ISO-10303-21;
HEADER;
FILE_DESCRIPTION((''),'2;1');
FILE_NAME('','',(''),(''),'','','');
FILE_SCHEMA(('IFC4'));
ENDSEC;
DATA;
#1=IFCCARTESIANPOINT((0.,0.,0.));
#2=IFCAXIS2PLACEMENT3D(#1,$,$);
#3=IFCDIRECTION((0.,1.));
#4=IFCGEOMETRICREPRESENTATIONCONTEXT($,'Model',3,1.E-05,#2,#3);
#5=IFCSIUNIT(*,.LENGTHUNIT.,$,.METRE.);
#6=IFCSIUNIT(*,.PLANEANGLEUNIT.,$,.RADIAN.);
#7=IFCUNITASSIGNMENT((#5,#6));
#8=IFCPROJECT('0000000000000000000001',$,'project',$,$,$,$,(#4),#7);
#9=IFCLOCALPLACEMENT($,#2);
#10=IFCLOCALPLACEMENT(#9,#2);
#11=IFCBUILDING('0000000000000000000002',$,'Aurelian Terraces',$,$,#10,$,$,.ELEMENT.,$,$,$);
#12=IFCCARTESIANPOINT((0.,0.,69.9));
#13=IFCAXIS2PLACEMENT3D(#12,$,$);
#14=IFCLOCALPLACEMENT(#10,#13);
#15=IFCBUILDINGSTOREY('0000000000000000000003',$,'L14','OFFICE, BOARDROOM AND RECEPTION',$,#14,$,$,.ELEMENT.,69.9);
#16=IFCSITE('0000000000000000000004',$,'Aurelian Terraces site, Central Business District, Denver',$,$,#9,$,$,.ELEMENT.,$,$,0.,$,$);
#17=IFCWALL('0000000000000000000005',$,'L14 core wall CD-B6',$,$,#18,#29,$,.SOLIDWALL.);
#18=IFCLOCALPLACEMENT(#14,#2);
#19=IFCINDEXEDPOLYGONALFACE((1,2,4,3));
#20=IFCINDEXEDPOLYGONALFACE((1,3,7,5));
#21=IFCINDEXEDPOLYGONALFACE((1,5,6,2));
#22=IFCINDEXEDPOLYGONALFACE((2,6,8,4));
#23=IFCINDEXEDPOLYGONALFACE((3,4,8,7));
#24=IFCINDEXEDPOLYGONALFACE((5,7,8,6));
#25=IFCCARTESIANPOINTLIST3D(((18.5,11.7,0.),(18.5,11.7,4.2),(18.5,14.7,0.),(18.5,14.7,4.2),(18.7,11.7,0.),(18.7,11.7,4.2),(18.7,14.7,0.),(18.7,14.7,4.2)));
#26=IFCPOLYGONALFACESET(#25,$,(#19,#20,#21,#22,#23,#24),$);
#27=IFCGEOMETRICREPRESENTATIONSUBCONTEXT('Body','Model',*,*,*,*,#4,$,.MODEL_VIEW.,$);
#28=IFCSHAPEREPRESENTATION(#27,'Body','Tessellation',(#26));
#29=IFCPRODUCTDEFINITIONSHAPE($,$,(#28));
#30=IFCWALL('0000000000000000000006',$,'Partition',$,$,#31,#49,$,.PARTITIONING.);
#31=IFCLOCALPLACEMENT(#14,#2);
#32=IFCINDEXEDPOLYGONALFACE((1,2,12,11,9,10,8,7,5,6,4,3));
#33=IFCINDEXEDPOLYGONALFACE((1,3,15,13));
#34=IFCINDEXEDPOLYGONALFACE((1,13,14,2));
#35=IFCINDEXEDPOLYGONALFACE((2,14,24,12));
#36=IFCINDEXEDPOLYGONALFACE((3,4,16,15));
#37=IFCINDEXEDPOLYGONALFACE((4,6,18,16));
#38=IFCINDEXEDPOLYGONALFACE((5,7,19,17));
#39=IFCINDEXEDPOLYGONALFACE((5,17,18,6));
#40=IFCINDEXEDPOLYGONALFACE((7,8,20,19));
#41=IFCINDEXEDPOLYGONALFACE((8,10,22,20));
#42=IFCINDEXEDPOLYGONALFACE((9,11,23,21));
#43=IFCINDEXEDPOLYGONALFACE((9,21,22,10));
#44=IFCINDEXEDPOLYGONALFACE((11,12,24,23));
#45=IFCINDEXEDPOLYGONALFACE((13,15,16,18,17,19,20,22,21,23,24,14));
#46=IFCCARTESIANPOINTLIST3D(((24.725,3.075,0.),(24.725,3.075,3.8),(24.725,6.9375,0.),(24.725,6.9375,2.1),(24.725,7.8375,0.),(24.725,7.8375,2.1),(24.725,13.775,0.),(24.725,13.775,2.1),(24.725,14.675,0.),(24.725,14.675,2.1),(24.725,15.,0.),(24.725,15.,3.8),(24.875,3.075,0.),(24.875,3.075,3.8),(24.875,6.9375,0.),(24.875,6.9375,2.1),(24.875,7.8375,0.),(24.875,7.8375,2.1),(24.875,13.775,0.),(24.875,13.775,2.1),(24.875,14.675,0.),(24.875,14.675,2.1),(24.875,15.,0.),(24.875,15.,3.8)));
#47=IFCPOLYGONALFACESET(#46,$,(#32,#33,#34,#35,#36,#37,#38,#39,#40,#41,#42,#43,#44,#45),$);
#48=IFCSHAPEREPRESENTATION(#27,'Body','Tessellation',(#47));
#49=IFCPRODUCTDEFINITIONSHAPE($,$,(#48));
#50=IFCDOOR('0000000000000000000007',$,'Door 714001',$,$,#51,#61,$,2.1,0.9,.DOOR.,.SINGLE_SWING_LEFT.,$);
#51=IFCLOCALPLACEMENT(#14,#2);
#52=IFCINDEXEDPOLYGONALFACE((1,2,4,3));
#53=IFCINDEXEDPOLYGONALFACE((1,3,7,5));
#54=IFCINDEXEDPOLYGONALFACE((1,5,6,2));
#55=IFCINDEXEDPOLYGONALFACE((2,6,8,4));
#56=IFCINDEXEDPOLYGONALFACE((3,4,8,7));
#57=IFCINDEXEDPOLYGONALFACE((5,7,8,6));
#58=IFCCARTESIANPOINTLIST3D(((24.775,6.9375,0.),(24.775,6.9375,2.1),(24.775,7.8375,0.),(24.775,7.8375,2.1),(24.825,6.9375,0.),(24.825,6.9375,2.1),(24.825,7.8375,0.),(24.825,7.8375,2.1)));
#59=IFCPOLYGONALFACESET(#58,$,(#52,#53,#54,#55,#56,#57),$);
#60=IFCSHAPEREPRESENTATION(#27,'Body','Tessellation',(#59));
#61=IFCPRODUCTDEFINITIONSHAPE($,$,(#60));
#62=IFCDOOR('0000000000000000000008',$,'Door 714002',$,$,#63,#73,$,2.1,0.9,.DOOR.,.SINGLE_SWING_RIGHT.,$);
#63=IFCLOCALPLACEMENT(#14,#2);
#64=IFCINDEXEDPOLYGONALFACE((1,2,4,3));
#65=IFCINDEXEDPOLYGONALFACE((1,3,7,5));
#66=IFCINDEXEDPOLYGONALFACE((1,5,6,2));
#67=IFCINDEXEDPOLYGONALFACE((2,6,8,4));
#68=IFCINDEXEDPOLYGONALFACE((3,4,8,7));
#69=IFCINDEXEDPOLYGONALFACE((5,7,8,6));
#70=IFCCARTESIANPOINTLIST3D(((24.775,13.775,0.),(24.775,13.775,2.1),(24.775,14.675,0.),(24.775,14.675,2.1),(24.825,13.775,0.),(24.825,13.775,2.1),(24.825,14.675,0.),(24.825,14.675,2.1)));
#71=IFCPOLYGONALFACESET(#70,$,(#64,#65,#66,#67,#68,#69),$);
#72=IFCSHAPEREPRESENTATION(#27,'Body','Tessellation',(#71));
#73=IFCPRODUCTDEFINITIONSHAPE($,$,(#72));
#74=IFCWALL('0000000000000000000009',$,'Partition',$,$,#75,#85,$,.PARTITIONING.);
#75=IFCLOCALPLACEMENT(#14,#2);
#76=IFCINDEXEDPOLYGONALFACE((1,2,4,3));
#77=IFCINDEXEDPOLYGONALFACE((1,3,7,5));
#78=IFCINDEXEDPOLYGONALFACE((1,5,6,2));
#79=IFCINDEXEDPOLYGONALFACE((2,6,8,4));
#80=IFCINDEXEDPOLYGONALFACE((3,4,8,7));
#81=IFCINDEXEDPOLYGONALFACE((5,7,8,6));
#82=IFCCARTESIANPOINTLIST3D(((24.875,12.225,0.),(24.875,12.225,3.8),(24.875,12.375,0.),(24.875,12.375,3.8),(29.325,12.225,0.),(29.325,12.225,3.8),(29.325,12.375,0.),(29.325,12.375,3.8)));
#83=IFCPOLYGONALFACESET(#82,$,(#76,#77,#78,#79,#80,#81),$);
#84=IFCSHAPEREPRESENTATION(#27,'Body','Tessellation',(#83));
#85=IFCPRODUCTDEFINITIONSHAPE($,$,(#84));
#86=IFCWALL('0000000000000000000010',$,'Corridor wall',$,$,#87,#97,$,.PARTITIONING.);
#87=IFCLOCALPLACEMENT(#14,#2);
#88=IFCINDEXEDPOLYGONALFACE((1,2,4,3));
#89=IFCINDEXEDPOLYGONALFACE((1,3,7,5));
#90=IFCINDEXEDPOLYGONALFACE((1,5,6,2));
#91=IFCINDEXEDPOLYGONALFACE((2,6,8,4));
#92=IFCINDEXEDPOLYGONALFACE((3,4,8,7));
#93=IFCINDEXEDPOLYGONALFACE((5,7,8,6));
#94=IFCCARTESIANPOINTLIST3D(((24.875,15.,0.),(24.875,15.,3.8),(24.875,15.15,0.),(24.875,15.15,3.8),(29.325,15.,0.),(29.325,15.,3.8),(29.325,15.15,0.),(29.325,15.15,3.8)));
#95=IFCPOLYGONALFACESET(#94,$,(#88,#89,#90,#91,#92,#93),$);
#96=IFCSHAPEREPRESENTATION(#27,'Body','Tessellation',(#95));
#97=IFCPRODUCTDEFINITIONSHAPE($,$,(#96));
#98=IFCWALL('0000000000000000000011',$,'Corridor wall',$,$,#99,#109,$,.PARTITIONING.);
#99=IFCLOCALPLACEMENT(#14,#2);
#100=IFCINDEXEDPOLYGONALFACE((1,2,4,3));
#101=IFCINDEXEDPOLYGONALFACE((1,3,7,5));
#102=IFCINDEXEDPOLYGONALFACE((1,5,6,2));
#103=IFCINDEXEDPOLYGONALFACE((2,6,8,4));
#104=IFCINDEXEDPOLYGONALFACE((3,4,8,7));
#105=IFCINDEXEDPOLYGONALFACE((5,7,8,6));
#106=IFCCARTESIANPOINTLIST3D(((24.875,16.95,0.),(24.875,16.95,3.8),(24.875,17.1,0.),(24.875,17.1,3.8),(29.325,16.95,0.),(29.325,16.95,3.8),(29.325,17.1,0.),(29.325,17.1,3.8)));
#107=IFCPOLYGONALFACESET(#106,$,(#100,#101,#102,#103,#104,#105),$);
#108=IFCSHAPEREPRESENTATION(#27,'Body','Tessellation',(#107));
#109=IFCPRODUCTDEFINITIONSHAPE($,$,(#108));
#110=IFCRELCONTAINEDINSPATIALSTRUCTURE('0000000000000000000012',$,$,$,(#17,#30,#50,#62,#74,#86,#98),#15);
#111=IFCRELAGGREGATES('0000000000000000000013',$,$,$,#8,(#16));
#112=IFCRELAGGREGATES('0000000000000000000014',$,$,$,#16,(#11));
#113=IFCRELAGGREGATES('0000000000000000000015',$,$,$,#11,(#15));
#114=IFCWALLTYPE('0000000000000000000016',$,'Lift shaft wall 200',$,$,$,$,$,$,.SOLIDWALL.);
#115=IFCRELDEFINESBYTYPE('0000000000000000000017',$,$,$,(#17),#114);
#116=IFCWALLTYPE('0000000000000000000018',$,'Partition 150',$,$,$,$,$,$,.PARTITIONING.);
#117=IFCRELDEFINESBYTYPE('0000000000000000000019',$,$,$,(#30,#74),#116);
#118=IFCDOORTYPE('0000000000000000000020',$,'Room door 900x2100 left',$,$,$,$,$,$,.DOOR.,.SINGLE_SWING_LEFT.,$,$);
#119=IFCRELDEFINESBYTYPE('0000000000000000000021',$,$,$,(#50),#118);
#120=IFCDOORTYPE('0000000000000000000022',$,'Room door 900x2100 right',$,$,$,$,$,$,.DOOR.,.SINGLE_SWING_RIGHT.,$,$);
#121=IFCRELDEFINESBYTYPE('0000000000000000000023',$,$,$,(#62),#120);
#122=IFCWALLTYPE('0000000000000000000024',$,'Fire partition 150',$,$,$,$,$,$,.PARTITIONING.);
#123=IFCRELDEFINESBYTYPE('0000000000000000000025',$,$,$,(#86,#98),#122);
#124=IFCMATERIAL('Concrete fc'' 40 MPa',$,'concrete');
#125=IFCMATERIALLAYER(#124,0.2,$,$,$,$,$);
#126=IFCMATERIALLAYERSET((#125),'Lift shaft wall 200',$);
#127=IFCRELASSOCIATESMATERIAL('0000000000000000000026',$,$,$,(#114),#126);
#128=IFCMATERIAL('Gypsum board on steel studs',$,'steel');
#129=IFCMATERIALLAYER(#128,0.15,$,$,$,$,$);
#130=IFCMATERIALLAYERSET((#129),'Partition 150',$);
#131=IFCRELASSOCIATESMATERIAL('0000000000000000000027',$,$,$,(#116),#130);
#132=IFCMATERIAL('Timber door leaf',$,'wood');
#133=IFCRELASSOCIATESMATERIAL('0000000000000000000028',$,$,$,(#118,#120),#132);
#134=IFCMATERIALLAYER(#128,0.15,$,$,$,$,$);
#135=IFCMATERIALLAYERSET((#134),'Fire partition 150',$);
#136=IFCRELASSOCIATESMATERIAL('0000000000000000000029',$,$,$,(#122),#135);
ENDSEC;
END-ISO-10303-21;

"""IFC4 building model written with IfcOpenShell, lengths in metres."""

from ifc_helpers import new_model, si_unit, direction, frame, frame_2d, origin, place, context, subcontext, project, spatial, rectangle, extrude, source, transform, mapped, material, layer, layer_set, type_object, element, fill, save


model = new_model("IFC4")

# Units and contexts
model_context = context("Model", 3, precision=1e-05, world=origin(), true_north=direction((0.0, 1.0)))
body_context = subcontext(model_context, "Body", "Model", "MODEL_VIEW")
ifc_project = project(units=[si_unit("LENGTHUNIT", "METRE"), si_unit("PLANEANGLEUNIT", "RADIAN")], contexts=[model_context])

# Site, building, storey
site_placement = place(None, origin())
site = spatial("IfcSite", under=ifc_project, at=site_placement, Name="Aurelian Terraces site, Central Business District, Denver", CompositionType="ELEMENT", RefElevation=0.0)
building_placement = place(site_placement, origin())
building = spatial("IfcBuilding", under=site, at=building_placement, Name="Aurelian Terraces", CompositionType="ELEMENT")
storey_placement = place(building_placement, frame((0.0, 0.0, 69.9)))
storey = spatial("IfcBuildingStorey", under=building, at=storey_placement, Name="L14", Description="OFFICE, BOARDROOM AND RECEPTION", CompositionType="ELEMENT", Elevation=69.9)

# Wall
ifc_material_1 = material(Name="Concrete fc' 40 MPa", Category="concrete")
ifc_layer_1 = layer(ifc_material_1, 0.2)
ifc_layer_set_1 = layer_set([ifc_layer_1], Name="Lift shaft wall 200")
wall_type_1 = type_object("IfcWallType", Name="Lift shaft wall 200", PredefinedType="SOLIDWALL", material=ifc_layer_set_1)
shared_shape_1 = source(origin(), body_context, "Body", "SweptSolid", [
    extrude(rectangle(XDim=3.0, YDim=0.2, at=frame_2d((1.5, 0.0))), origin(), (0.0, 0.0, 1.0), 4.2),
])
wall_1_placement = place(storey_placement, frame((18.6, 11.7, 0.0), z_axis=(0.0, 0.0, 1.0), x_axis=(0.0, 1.0, 0.0)))
element("IfcWall", 1, at=wall_1_placement, inside=storey, type_object=wall_type_1, Name="L14 core wall CD-B6", PredefinedType="SOLIDWALL", context=body_context, shape_type="MappedRepresentation", body=[
    mapped(shared_shape_1, transform((0.0, 0.0, 0.0), scale=1.0)),
])

# Wall, openings, doors
ifc_material_2 = material(Name="Gypsum board on steel studs", Category="steel")
ifc_layer_2 = layer(ifc_material_2, 0.15)
ifc_layer_set_2 = layer_set([ifc_layer_2], Name="Partition 150")
wall_type_2 = type_object("IfcWallType", Name="Partition 150", PredefinedType="PARTITIONING", material=ifc_layer_set_2)
shared_shape_2 = source(origin(), body_context, "Body", "SweptSolid", [
    extrude(rectangle(XDim=11.925, YDim=0.15, at=frame_2d((5.9625, 0.0))), origin(), (0.0, 0.0, 1.0), 3.8),
])
wall_2_placement = place(storey_placement, frame((24.8, 15.0, 0.0), z_axis=(0.0, 0.0, 1.0), x_axis=(0.0, -1.0, 0.0)))
wall_2 = element("IfcWall", 2, at=wall_2_placement, inside=storey, type_object=wall_type_2, Name="Partition", PredefinedType="PARTITIONING", context=body_context, shape_type="MappedRepresentation", body=[
    mapped(shared_shape_2, transform((0.0, 0.0, 0.0), scale=1.0)),
])
shared_shape_3 = source(origin(), body_context, "Body", "SweptSolid", [
    extrude(rectangle(XDim=0.9, YDim=2.1, at=frame_2d((0.45, 1.05))), frame((0.0, 0.085, 0.0), z_axis=(0.0, -1.0, 0.0), x_axis=(1.0, 0.0, 0.0)), (0.0, 0.0, 1.0), 0.17),
])
opening_1_placement = place(wall_2_placement, frame((7.1625, 0.0, 0.0)))
opening_1 = element("IfcOpeningElement", 3, at=opening_1_placement, cuts=wall_2, PredefinedType="OPENING", context=body_context, shape_type="MappedRepresentation", body=[
    mapped(shared_shape_3, transform((0.0, 0.0, 0.0), scale=1.0)),
])
opening_2_placement = place(wall_2_placement, frame((0.325, 0.0, 0.0)))
opening_2 = element("IfcOpeningElement", 4, at=opening_2_placement, cuts=wall_2, PredefinedType="OPENING", context=body_context, shape_type="MappedRepresentation", body=[
    mapped(shared_shape_3, transform((0.0, 0.0, 0.0), scale=1.0)),
])
ifc_material_3 = material(Name="Timber door leaf", Category="wood")
door_type_1 = type_object("IfcDoorType", Name="Room door 900x2100 left", OperationType="SINGLE_SWING_LEFT", PredefinedType="DOOR", material=ifc_material_3)
shared_shape_4 = source(origin(), body_context, "Body", "SweptSolid", [
    extrude(rectangle(XDim=0.9, YDim=2.1, at=frame_2d((0.45, 1.05))), frame((0.0, 0.025, 0.0), z_axis=(0.0, -1.0, 0.0), x_axis=(1.0, 0.0, 0.0)), (0.0, 0.0, 1.0), 0.05),
])
door_1_placement = place(opening_1_placement, origin())
door_1 = element("IfcDoor", 5, at=door_1_placement, inside=storey, type_object=door_type_1, Name="Door 714001", OperationType="SINGLE_SWING_LEFT", OverallHeight=2.1, OverallWidth=0.9, PredefinedType="DOOR", context=body_context, shape_type="MappedRepresentation", body=[
    mapped(shared_shape_4, transform((0.0, 0.0, 0.0), scale=1.0)),
])
fill(opening_1, door_1)
door_type_2 = type_object("IfcDoorType", Name="Room door 900x2100 right", OperationType="SINGLE_SWING_RIGHT", PredefinedType="DOOR", material=ifc_material_3)
door_2_placement = place(opening_2_placement, origin())
door_2 = element("IfcDoor", 6, at=door_2_placement, inside=storey, type_object=door_type_2, Name="Door 714002", OperationType="SINGLE_SWING_RIGHT", OverallHeight=2.1, OverallWidth=0.9, PredefinedType="DOOR", context=body_context, shape_type="MappedRepresentation", body=[
    mapped(shared_shape_4, transform((0.0, 0.0, 0.0), scale=1.0)),
])
fill(opening_2, door_2)

# Walls
shared_shape_5 = source(origin(), body_context, "Body", "SweptSolid", [
    extrude(rectangle(XDim=4.45, YDim=0.15, at=frame_2d((2.225, 0.0))), origin(), (0.0, 0.0, 1.0), 3.8),
])
wall_3_placement = place(storey_placement, frame((29.325, 12.3, 0.0), z_axis=(0.0, 0.0, 1.0), x_axis=(-1.0, 0.0, 0.0)))
element("IfcWall", 7, at=wall_3_placement, inside=storey, type_object=wall_type_2, Name="Partition", PredefinedType="PARTITIONING", context=body_context, shape_type="MappedRepresentation", body=[
    mapped(shared_shape_5, transform((0.0, 0.0, 0.0), scale=1.0)),
])
ifc_layer_3 = layer(ifc_material_2, 0.15)
ifc_layer_set_3 = layer_set([ifc_layer_3], Name="Fire partition 150")
wall_type_3 = type_object("IfcWallType", Name="Fire partition 150", PredefinedType="PARTITIONING", material=ifc_layer_set_3)
for number, where, z_axis, x_axis, name in (
    (8, (29.325, 15.075, 0.0), (0.0, 0.0, 1.0), (-1.0, 0.0, 0.0), "Corridor wall"),
    (9, (24.875, 17.025, 0.0), (0.0, 0.0, 1.0), (1.0, 0.0, 0.0), "Corridor wall"),
):
    element("IfcWall", number, at=place(storey_placement, frame(where, z_axis=z_axis, x_axis=x_axis)), inside=storey, type_object=wall_type_3, Name=name, PredefinedType="PARTITIONING", context=body_context, shape_type="MappedRepresentation", body=[
        mapped(shared_shape_5, transform((0.0, 0.0, 0.0), scale=1.0)),
    ])

save(model, "model.ifc")
